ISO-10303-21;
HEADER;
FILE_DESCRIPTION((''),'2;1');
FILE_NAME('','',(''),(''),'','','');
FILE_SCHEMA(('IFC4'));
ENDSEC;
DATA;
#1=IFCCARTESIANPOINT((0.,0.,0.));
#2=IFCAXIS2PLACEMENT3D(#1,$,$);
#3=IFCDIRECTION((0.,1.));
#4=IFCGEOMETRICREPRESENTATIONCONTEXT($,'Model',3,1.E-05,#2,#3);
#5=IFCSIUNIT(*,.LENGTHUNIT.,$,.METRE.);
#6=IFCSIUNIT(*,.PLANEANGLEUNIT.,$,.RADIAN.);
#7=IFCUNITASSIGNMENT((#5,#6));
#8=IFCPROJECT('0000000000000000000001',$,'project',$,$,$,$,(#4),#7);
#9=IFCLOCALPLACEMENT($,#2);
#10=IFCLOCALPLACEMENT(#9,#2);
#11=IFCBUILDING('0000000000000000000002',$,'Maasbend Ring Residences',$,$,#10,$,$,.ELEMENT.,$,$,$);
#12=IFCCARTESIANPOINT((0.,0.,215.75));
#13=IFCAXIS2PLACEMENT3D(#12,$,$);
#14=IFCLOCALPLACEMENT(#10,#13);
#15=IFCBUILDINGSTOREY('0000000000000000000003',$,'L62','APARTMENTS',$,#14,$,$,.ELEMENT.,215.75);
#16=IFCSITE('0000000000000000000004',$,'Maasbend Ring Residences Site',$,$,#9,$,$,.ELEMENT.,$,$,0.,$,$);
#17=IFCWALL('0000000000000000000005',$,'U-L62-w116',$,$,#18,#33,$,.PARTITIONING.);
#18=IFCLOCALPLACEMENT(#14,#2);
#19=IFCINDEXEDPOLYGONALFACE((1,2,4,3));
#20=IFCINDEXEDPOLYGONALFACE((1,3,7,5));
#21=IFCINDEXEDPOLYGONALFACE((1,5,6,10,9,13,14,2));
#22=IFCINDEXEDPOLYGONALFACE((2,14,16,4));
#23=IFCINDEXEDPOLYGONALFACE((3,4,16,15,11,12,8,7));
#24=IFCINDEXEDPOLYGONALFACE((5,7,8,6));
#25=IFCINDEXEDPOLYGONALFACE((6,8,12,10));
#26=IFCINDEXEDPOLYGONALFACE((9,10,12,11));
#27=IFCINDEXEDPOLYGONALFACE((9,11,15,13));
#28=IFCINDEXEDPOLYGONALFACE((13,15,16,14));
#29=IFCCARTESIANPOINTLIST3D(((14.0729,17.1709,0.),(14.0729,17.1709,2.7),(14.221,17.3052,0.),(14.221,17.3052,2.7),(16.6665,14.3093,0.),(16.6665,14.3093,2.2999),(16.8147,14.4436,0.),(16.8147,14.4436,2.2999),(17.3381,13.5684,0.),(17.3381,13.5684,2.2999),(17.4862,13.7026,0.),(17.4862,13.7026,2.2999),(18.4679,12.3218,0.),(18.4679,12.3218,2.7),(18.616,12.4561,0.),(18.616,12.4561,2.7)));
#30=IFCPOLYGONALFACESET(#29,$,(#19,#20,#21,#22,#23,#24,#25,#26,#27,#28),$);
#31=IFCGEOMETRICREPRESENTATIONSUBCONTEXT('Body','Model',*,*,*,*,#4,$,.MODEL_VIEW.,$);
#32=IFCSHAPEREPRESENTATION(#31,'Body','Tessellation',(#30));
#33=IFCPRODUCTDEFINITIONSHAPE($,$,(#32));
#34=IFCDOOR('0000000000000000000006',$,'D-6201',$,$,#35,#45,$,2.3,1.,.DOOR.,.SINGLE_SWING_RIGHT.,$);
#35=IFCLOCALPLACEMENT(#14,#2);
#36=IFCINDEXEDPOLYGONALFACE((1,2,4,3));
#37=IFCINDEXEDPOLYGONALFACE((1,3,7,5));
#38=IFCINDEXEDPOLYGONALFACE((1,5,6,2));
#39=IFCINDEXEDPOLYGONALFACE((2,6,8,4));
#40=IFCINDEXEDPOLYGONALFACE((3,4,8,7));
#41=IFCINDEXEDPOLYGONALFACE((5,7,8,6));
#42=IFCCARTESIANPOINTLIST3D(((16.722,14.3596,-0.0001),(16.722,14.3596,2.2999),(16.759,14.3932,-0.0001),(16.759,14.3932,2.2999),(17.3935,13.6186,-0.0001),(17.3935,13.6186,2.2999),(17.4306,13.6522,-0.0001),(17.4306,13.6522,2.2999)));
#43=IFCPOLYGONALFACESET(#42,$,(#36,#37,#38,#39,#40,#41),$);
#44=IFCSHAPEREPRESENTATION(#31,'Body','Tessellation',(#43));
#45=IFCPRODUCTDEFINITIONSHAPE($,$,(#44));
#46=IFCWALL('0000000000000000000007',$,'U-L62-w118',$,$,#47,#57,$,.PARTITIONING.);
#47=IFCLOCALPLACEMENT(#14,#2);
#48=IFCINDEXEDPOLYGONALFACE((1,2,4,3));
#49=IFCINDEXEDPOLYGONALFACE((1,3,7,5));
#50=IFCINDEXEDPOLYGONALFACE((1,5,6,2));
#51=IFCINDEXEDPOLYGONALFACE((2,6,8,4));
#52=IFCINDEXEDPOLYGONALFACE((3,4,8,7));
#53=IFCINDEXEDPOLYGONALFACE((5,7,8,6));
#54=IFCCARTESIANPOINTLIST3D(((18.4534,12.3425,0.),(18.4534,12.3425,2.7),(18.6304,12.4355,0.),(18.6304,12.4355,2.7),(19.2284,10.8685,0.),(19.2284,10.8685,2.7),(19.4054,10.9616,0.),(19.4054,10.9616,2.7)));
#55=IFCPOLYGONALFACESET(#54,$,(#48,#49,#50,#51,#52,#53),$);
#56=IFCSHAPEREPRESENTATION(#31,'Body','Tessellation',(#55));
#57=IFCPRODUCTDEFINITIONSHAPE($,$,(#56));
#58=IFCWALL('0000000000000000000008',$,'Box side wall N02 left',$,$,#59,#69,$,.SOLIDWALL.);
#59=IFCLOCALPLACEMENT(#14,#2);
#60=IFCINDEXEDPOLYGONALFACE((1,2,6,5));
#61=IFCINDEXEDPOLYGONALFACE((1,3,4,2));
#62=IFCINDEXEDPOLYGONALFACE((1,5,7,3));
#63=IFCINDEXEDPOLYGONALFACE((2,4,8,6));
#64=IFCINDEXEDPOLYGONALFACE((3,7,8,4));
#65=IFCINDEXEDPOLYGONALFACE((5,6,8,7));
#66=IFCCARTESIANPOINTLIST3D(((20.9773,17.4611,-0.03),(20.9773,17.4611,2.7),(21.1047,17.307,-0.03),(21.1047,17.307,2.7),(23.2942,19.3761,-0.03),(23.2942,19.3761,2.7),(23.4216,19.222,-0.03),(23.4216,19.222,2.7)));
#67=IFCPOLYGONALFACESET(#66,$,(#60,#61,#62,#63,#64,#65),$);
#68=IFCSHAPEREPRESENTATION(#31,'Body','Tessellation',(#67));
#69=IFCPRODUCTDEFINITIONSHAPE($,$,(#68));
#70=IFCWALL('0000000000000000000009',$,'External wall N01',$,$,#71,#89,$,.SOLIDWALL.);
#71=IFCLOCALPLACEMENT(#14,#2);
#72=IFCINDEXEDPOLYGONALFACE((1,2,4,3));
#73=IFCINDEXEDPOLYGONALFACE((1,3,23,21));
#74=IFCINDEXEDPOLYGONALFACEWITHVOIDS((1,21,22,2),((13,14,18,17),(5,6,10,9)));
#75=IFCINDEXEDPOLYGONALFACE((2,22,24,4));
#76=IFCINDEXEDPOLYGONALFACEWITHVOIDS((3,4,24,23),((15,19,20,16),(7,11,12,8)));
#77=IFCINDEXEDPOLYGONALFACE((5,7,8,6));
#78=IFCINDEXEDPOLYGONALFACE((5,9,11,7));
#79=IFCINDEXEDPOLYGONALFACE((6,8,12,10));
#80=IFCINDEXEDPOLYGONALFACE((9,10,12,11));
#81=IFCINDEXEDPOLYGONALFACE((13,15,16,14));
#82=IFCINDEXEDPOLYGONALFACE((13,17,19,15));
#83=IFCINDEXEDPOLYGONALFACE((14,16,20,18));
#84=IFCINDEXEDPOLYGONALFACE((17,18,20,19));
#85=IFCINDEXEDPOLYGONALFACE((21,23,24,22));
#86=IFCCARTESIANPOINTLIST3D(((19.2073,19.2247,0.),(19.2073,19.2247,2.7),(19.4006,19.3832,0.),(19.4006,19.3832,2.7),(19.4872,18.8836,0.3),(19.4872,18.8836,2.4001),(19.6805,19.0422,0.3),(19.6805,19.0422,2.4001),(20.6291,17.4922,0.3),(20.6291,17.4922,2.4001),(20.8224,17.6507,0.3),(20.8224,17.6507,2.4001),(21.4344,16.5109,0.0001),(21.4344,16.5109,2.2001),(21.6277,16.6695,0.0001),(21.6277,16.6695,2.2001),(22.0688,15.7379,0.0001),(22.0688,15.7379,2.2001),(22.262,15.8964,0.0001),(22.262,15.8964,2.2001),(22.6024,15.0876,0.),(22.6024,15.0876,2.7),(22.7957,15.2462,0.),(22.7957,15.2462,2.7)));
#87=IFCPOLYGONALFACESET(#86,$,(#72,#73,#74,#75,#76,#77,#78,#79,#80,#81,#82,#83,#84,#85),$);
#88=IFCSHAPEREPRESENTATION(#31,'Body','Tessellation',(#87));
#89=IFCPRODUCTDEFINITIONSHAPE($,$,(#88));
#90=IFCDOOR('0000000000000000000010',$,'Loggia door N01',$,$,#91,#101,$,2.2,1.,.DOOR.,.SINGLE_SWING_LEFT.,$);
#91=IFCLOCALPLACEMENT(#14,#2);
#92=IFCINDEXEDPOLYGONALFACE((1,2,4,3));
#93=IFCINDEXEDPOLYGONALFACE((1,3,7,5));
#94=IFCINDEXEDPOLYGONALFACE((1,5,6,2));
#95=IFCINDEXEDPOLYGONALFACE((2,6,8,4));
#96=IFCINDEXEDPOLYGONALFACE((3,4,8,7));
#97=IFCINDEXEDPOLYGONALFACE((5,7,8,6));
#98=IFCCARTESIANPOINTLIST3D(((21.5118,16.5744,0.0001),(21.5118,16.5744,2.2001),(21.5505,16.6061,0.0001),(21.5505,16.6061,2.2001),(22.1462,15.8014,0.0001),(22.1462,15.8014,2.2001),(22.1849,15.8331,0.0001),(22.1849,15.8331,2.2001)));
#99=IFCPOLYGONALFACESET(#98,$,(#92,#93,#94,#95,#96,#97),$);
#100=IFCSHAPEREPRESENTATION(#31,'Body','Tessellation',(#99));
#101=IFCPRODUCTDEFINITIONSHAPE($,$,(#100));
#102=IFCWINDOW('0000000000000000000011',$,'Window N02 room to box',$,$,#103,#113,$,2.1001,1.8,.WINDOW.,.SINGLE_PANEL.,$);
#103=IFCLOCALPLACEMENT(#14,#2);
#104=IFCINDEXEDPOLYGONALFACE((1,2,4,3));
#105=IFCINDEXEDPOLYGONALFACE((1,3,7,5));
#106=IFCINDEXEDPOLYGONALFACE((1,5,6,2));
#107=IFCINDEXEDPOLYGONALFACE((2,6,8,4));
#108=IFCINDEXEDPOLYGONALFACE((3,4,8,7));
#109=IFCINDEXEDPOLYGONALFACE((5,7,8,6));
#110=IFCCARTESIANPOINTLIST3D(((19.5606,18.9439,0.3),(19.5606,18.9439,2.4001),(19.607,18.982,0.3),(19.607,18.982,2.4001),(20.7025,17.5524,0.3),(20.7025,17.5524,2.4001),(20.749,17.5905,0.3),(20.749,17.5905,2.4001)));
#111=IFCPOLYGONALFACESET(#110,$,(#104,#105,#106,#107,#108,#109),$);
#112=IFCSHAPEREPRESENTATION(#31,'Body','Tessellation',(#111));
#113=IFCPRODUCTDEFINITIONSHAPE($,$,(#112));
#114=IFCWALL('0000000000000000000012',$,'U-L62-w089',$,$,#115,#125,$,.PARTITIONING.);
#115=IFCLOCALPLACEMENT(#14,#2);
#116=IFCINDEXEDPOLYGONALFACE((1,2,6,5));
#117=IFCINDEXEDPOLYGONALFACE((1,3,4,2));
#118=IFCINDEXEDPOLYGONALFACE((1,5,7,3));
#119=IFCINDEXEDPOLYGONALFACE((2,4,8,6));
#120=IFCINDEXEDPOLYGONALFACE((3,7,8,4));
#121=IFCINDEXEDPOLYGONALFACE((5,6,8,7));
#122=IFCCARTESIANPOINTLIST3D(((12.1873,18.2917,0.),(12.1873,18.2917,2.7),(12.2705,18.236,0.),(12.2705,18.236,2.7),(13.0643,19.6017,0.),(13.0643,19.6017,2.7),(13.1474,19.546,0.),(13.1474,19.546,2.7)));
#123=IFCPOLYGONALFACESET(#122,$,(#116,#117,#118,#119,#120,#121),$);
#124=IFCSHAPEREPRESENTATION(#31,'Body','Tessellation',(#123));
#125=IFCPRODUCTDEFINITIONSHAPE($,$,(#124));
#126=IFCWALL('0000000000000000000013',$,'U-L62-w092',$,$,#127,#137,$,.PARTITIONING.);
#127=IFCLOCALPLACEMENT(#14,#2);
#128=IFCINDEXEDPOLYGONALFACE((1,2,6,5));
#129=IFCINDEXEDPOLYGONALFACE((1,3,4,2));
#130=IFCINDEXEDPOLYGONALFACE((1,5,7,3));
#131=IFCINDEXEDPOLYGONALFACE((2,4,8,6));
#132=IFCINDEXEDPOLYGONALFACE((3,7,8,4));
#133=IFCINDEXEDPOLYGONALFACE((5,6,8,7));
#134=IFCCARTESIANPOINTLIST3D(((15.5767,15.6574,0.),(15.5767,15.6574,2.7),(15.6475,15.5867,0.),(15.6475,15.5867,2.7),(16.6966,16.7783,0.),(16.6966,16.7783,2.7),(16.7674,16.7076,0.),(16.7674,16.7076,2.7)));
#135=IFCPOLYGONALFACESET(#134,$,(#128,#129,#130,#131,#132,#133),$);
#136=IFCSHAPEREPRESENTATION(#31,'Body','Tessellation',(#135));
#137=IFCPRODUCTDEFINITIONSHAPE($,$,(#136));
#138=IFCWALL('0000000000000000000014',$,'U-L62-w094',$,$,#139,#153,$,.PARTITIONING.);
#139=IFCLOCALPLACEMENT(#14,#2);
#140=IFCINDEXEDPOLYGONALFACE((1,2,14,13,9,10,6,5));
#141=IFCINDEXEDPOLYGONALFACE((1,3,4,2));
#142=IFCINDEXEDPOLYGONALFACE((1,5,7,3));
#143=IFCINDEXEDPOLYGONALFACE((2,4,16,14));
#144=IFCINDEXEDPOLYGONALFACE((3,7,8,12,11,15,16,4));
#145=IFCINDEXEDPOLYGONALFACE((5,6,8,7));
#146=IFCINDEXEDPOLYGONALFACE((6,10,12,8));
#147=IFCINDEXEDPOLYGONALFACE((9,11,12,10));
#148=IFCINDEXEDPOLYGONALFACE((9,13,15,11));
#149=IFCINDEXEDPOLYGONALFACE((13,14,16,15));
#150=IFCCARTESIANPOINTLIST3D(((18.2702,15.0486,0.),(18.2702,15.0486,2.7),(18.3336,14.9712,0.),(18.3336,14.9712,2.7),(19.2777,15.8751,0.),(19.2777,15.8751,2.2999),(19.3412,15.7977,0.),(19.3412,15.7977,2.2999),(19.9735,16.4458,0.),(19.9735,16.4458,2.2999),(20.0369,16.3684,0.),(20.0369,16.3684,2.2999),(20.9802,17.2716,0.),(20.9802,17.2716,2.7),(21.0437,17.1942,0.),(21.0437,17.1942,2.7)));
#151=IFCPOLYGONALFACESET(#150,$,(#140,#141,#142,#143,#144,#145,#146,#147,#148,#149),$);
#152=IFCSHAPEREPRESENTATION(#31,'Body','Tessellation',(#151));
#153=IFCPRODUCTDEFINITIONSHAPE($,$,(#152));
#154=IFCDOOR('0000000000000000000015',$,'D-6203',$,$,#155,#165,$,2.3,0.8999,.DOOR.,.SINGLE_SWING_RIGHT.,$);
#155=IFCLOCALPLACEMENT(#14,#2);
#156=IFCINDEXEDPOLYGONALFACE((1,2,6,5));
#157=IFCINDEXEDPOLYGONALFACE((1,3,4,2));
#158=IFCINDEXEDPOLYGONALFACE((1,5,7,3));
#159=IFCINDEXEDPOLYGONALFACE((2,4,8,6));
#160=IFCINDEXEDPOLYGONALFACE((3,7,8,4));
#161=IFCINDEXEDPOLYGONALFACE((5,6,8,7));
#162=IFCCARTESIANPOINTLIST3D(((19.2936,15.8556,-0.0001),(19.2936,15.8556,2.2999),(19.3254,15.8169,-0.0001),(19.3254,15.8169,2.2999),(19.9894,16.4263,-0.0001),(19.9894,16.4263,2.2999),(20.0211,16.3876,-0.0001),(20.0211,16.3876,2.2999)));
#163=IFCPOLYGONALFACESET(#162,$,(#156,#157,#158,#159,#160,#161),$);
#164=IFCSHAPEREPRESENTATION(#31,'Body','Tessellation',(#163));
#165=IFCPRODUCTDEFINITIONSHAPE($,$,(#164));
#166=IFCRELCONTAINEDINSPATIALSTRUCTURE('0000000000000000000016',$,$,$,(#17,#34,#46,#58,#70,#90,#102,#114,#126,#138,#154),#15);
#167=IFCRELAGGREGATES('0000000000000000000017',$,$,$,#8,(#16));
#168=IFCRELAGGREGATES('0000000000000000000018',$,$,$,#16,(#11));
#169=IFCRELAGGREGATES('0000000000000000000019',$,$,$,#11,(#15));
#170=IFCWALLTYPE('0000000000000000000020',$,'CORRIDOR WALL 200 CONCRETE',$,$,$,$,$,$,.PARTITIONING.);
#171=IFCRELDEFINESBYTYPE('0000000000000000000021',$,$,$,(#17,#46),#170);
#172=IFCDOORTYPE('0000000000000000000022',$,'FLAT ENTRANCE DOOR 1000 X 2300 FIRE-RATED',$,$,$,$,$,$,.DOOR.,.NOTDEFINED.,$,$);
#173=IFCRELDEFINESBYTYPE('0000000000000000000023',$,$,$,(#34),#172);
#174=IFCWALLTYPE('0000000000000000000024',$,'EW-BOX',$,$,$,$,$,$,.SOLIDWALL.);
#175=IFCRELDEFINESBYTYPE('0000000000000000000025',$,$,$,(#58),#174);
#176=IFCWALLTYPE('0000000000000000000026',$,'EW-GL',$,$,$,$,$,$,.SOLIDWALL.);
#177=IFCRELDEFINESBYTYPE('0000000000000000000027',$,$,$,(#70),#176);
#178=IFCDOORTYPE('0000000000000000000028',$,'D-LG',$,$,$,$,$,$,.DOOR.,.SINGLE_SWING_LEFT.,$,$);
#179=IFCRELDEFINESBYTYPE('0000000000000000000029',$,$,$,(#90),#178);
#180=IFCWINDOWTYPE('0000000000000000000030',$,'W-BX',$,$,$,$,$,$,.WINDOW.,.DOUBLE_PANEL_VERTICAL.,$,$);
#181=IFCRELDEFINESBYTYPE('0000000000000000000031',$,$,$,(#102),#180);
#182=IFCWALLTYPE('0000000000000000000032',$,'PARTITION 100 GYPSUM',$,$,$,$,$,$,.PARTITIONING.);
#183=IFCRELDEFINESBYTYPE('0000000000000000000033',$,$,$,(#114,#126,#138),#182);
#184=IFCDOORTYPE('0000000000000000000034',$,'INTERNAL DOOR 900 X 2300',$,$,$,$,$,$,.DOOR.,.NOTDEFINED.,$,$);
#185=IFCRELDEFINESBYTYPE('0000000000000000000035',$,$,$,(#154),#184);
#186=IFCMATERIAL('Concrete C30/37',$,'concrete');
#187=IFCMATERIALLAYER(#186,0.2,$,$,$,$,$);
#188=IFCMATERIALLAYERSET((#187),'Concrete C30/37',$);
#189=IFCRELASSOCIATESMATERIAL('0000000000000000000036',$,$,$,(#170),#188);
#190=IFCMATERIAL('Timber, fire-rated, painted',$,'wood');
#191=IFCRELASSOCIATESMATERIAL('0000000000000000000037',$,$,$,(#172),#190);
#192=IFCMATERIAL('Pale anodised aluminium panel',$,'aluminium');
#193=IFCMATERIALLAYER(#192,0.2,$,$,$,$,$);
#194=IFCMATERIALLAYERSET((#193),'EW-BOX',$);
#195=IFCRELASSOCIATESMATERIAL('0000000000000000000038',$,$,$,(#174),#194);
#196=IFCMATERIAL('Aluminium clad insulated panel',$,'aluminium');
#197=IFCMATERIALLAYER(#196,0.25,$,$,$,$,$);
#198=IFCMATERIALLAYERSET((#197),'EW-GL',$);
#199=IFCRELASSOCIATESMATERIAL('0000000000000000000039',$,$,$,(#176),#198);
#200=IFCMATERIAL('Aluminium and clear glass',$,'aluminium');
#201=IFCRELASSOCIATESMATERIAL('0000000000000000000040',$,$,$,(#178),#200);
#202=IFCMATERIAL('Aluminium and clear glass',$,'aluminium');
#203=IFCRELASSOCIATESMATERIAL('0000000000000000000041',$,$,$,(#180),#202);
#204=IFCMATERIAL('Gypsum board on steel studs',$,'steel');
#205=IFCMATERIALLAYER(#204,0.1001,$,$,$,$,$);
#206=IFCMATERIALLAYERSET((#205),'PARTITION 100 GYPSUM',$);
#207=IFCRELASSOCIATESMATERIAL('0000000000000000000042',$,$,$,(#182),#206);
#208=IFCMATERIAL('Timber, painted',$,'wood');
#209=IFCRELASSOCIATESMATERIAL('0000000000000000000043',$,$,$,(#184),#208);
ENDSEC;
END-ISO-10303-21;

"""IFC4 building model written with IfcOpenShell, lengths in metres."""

from ifc_helpers import new_model, si_unit, direction, frame, frame_2d, origin, place, context, subcontext, project, spatial, rectangle, extrude, material, layer, layer_set, type_object, element, fill, save


model = new_model("IFC4")

# Units and contexts
model_context = context("Model", 3, precision=1e-05, world=origin(), true_north=direction((0.0, 1.0)))
body_context = subcontext(model_context, "Body", "Model", "MODEL_VIEW")
ifc_project = project(units=[si_unit("LENGTHUNIT", "METRE"), si_unit("PLANEANGLEUNIT", "RADIAN")], contexts=[model_context])

# Site, building, storey
site_placement = place(None, origin())
site = spatial("IfcSite", under=ifc_project, at=site_placement, Name="Maasbend Ring Residences Site", CompositionType="ELEMENT", RefElevation=0.0)
building_placement = place(site_placement, origin())
building = spatial("IfcBuilding", under=site, at=building_placement, Name="Maasbend Ring Residences", CompositionType="ELEMENT")
storey_placement = place(building_placement, frame((0.0, 0.0, 215.75)))
storey = spatial("IfcBuildingStorey", under=building, at=storey_placement, Name="L62", Description="APARTMENTS", CompositionType="ELEMENT", Elevation=215.75)

# Wall, opening, door
ifc_material_1 = material(Name="Concrete C30/37", Category="concrete")
ifc_layer_1 = layer(ifc_material_1, 0.2)
ifc_layer_set_1 = layer_set([ifc_layer_1], Name="Concrete C30/37")
wall_type_1 = type_object("IfcWallType", Name="CORRIDOR WALL 200 CONCRETE", PredefinedType="PARTITIONING", material=ifc_layer_set_1)
wall_1_placement = place(storey_placement, frame((14.147, 17.238, 0.0), z_axis=(0.0, 0.0, 1.0), x_axis=(0.671562, -0.740949, 0.0)))
wall_1 = element("IfcWall", 1, at=wall_1_placement, inside=storey, type_object=wall_type_1, Name="U-L62-w116", PredefinedType="PARTITIONING", context=body_context, shape_type="SweptSolid", body=[
    extrude(rectangle(XDim=6.5444, YDim=0.2, at=frame_2d((3.2722, 0.0))), origin(), (0.0, 0.0, 1.0), 2.7),
])
opening_1_placement = place(wall_1_placement, frame((3.8621, 0.0, 0.0)))
opening_1 = element("IfcOpeningElement", 2, at=opening_1_placement, cuts=wall_1, PredefinedType="OPENING", context=body_context, shape_type="SweptSolid", body=[
    extrude(rectangle(XDim=1.0, YDim=2.3, at=frame_2d((0.5, 1.1499))), frame((0.0, 0.1099, 0.0), z_axis=(0.0, -1.0, 0.0), x_axis=(1.0, 0.0, 0.0)), (0.0, 0.0, 1.0), 0.22),
])
ifc_material_2 = material(Name="Timber, fire-rated, painted", Category="wood")
door_type_1 = type_object("IfcDoorType", Name="FLAT ENTRANCE DOOR 1000 X 2300 FIRE-RATED", OperationType="NOTDEFINED", PredefinedType="DOOR", material=ifc_material_2)
door_1_placement = place(opening_1_placement, origin())
door_1 = element("IfcDoor", 3, at=door_1_placement, inside=storey, type_object=door_type_1, Name="D-6201", OperationType="SINGLE_SWING_RIGHT", OverallHeight=2.3, OverallWidth=1.0, PredefinedType="DOOR", context=body_context, shape_type="SweptSolid", body=[
    extrude(rectangle(XDim=1.0, YDim=2.3, at=frame_2d((0.5, 1.1499))), frame((0.0, 0.0249, 0.0), z_axis=(0.0, -1.0, 0.0), x_axis=(1.0, 0.0, 0.0)), (0.0, 0.0, 1.0), 0.05),
])
fill(opening_1, door_1)

# Walls
wall_2_placement = place(storey_placement, frame((18.542, 12.3889, 0.0), z_axis=(0.0, 0.0, 1.0), x_axis=(0.46536, -0.885122, 0.0)))
element("IfcWall", 4, at=wall_2_placement, inside=storey, type_object=wall_type_1, Name="U-L62-w118", PredefinedType="PARTITIONING", context=body_context, shape_type="SweptSolid", body=[
    extrude(rectangle(XDim=1.6653, YDim=0.2, at=frame_2d((0.8325, 0.0))), origin(), (0.0, 0.0, 1.0), 2.7),
])
ifc_material_3 = material(Name="Pale anodised aluminium panel", Category="aluminium")
ifc_layer_2 = layer(ifc_material_3, 0.2)
ifc_layer_set_2 = layer_set([ifc_layer_2], Name="EW-BOX")
wall_type_2 = type_object("IfcWallType", Name="EW-BOX", PredefinedType="SOLIDWALL", material=ifc_layer_set_2)
wall_3_placement = place(storey_placement, frame((21.041, 17.384, -0.03), z_axis=(0.0, 0.0, 1.0), x_axis=(0.770785, 0.637096, 0.0)))
element("IfcWall", 5, at=wall_3_placement, inside=storey, type_object=wall_type_2, Name="Box side wall N02 left", PredefinedType="SOLIDWALL", context=body_context, shape_type="SweptSolid", body=[
    extrude(rectangle(XDim=3.0059, YDim=0.2, at=frame_2d((1.5029, 0.0))), origin(), (0.0, 0.0, 1.0), 2.73),
])

# Wall, openings, door, window
ifc_material_4 = material(Name="Aluminium clad insulated panel", Category="aluminium")
ifc_layer_3 = layer(ifc_material_4, 0.25)
ifc_layer_set_3 = layer_set([ifc_layer_3], Name="EW-GL")
wall_type_3 = type_object("IfcWallType", Name="EW-GL", PredefinedType="SOLIDWALL", material=ifc_layer_set_3)
wall_4_placement = place(storey_placement, frame((22.699, 15.167, 0.0), z_axis=(0.0, 0.0, 1.0), x_axis=(-0.634382, 0.773019, 0.0)))
wall_4 = element("IfcWall", 6, at=wall_4_placement, inside=storey, type_object=wall_type_3, Name="External wall N01", PredefinedType="SOLIDWALL", context=body_context, shape_type="SweptSolid", body=[
    extrude(rectangle(XDim=5.3518, YDim=0.25, at=frame_2d((2.6758, 0.0))), origin(), (0.0, 0.0, 1.0), 2.7),
])
opening_2_placement = place(wall_4_placement, frame((0.8411, 0.0, 0.0)))
opening_2 = element("IfcOpeningElement", 7, at=opening_2_placement, cuts=wall_4, PredefinedType="OPENING", context=body_context, shape_type="SweptSolid", body=[
    extrude(rectangle(XDim=1.0, YDim=2.2, at=frame_2d((0.5, 1.1001))), frame((0.0, 0.135, 0.0), z_axis=(0.0, -1.0, 0.0), x_axis=(1.0, 0.0, 0.0)), (0.0, 0.0, 1.0), 0.27),
])
opening_3_placement = place(wall_4_placement, frame((3.1106, 0.0, 0.3)))
opening_3 = element("IfcOpeningElement", 8, at=opening_3_placement, cuts=wall_4, PredefinedType="OPENING", context=body_context, shape_type="SweptSolid", body=[
    extrude(rectangle(XDim=1.8, YDim=2.1001, at=frame_2d((0.8999, 1.05))), frame((0.0, 0.135, 0.0), z_axis=(0.0, -1.0, 0.0), x_axis=(1.0, 0.0, 0.0)), (0.0, 0.0, 1.0), 0.27),
])
ifc_material_5 = material(Name="Aluminium and clear glass", Category="aluminium")
door_type_2 = type_object("IfcDoorType", Name="D-LG", OperationType="SINGLE_SWING_LEFT", PredefinedType="DOOR", material=ifc_material_5)
door_2_placement = place(opening_2_placement, origin())
door_2 = element("IfcDoor", 9, at=door_2_placement, inside=storey, type_object=door_type_2, Name="Loggia door N01", OperationType="SINGLE_SWING_LEFT", OverallHeight=2.2, OverallWidth=1.0, PredefinedType="DOOR", context=body_context, shape_type="SweptSolid", body=[
    extrude(rectangle(XDim=1.0, YDim=2.2, at=frame_2d((0.5, 1.1001))), frame((0.0, 0.0249, 0.0), z_axis=(0.0, -1.0, 0.0), x_axis=(1.0, 0.0, 0.0)), (0.0, 0.0, 1.0), 0.05),
])
fill(opening_2, door_2)
ifc_material_6 = material(Name="Aluminium and clear glass", Category="aluminium")
window_type = type_object("IfcWindowType", Name="W-BX", PartitioningType="DOUBLE_PANEL_VERTICAL", PredefinedType="WINDOW", material=ifc_material_6)
window_placement = place(opening_3_placement, origin())
window = element("IfcWindow", 10, at=window_placement, inside=storey, type_object=window_type, Name="Window N02 room to box", OverallHeight=2.1001, OverallWidth=1.8, PartitioningType="SINGLE_PANEL", PredefinedType="WINDOW", context=body_context, shape_type="SweptSolid", body=[
    extrude(rectangle(XDim=1.8, YDim=2.1001, at=frame_2d((0.8999, 1.05))), frame((0.0, 0.03, 0.0), z_axis=(0.0, -1.0, 0.0), x_axis=(1.0, 0.0, 0.0)), (0.0, 0.0, 1.0), 0.0601),
])
fill(opening_3, window)

# Walls
ifc_material_7 = material(Name="Gypsum board on steel studs", Category="steel")
ifc_layer_4 = layer(ifc_material_7, 0.1001)
ifc_layer_set_4 = layer_set([ifc_layer_4], Name="PARTITION 100 GYPSUM")
wall_type_4 = type_object("IfcWallType", Name="PARTITION 100 GYPSUM", PredefinedType="PARTITIONING", material=ifc_layer_set_4)
wall_5_placement = place(storey_placement, frame((12.229, 18.2639, 0.0), z_axis=(0.0, 0.0, 1.0), x_axis=(0.556272, 0.831, 0.0)))
element("IfcWall", 11, at=wall_5_placement, inside=storey, type_object=wall_type_4, Name="U-L62-w089", PredefinedType="PARTITIONING", context=body_context, shape_type="SweptSolid", body=[
    extrude(rectangle(XDim=1.5764, YDim=0.1001, at=frame_2d((0.7881, 0.0))), origin(), (0.0, 0.0, 1.0), 2.7),
])
wall_6_placement = place(storey_placement, frame((15.6121, 15.6221, 0.0), z_axis=(0.0, 0.0, 1.0), x_axis=(0.706799, 0.707415, 0.0)))
element("IfcWall", 12, at=wall_6_placement, inside=storey, type_object=wall_type_4, Name="U-L62-w092", PredefinedType="PARTITIONING", context=body_context, shape_type="SweptSolid", body=[
    extrude(rectangle(XDim=1.5845, YDim=0.1001, at=frame_2d((0.7922, 0.0))), origin(), (0.0, 0.0, 1.0), 2.7),
])

# Wall, opening, door
wall_7_placement = place(storey_placement, frame((18.302, 15.01, 0.0), z_axis=(0.0, 0.0, 1.0), x_axis=(0.773165, 0.634205, 0.0)))
wall_7 = element("IfcWall", 13, at=wall_7_placement, inside=storey, type_object=wall_type_4, Name="U-L62-w094", PredefinedType="PARTITIONING", context=body_context, shape_type="SweptSolid", body=[
    extrude(rectangle(XDim=3.5051, YDim=0.1001, at=frame_2d((1.7524, 0.0))), origin(), (0.0, 0.0, 1.0), 2.7),
])
opening_4_placement = place(wall_7_placement, frame((1.303, 0.0, 0.0)))
opening_4 = element("IfcOpeningElement", 14, at=opening_4_placement, cuts=wall_7, PredefinedType="OPENING", context=body_context, shape_type="SweptSolid", body=[
    extrude(rectangle(XDim=0.8999, YDim=2.3, at=frame_2d((0.45, 1.1499))), frame((0.0, 0.0601, 0.0), z_axis=(0.0, -1.0, 0.0), x_axis=(1.0, 0.0, 0.0)), (0.0, 0.0, 1.0), 0.1201),
])
ifc_material_8 = material(Name="Timber, painted", Category="wood")
door_type_3 = type_object("IfcDoorType", Name="INTERNAL DOOR 900 X 2300", OperationType="NOTDEFINED", PredefinedType="DOOR", material=ifc_material_8)
door_3_placement = place(opening_4_placement, origin())
door_3 = element("IfcDoor", 15, at=door_3_placement, inside=storey, type_object=door_type_3, Name="D-6203", OperationType="SINGLE_SWING_RIGHT", OverallHeight=2.3, OverallWidth=0.8999, PredefinedType="DOOR", context=body_context, shape_type="SweptSolid", body=[
    extrude(rectangle(XDim=0.8999, YDim=2.3, at=frame_2d((0.45, 1.1499))), frame((0.0, 0.0249, 0.0), z_axis=(0.0, -1.0, 0.0), x_axis=(1.0, 0.0, 0.0)), (0.0, 0.0, 1.0), 0.05),
])
fill(opening_4, door_3)

save(model, "model.ifc")
